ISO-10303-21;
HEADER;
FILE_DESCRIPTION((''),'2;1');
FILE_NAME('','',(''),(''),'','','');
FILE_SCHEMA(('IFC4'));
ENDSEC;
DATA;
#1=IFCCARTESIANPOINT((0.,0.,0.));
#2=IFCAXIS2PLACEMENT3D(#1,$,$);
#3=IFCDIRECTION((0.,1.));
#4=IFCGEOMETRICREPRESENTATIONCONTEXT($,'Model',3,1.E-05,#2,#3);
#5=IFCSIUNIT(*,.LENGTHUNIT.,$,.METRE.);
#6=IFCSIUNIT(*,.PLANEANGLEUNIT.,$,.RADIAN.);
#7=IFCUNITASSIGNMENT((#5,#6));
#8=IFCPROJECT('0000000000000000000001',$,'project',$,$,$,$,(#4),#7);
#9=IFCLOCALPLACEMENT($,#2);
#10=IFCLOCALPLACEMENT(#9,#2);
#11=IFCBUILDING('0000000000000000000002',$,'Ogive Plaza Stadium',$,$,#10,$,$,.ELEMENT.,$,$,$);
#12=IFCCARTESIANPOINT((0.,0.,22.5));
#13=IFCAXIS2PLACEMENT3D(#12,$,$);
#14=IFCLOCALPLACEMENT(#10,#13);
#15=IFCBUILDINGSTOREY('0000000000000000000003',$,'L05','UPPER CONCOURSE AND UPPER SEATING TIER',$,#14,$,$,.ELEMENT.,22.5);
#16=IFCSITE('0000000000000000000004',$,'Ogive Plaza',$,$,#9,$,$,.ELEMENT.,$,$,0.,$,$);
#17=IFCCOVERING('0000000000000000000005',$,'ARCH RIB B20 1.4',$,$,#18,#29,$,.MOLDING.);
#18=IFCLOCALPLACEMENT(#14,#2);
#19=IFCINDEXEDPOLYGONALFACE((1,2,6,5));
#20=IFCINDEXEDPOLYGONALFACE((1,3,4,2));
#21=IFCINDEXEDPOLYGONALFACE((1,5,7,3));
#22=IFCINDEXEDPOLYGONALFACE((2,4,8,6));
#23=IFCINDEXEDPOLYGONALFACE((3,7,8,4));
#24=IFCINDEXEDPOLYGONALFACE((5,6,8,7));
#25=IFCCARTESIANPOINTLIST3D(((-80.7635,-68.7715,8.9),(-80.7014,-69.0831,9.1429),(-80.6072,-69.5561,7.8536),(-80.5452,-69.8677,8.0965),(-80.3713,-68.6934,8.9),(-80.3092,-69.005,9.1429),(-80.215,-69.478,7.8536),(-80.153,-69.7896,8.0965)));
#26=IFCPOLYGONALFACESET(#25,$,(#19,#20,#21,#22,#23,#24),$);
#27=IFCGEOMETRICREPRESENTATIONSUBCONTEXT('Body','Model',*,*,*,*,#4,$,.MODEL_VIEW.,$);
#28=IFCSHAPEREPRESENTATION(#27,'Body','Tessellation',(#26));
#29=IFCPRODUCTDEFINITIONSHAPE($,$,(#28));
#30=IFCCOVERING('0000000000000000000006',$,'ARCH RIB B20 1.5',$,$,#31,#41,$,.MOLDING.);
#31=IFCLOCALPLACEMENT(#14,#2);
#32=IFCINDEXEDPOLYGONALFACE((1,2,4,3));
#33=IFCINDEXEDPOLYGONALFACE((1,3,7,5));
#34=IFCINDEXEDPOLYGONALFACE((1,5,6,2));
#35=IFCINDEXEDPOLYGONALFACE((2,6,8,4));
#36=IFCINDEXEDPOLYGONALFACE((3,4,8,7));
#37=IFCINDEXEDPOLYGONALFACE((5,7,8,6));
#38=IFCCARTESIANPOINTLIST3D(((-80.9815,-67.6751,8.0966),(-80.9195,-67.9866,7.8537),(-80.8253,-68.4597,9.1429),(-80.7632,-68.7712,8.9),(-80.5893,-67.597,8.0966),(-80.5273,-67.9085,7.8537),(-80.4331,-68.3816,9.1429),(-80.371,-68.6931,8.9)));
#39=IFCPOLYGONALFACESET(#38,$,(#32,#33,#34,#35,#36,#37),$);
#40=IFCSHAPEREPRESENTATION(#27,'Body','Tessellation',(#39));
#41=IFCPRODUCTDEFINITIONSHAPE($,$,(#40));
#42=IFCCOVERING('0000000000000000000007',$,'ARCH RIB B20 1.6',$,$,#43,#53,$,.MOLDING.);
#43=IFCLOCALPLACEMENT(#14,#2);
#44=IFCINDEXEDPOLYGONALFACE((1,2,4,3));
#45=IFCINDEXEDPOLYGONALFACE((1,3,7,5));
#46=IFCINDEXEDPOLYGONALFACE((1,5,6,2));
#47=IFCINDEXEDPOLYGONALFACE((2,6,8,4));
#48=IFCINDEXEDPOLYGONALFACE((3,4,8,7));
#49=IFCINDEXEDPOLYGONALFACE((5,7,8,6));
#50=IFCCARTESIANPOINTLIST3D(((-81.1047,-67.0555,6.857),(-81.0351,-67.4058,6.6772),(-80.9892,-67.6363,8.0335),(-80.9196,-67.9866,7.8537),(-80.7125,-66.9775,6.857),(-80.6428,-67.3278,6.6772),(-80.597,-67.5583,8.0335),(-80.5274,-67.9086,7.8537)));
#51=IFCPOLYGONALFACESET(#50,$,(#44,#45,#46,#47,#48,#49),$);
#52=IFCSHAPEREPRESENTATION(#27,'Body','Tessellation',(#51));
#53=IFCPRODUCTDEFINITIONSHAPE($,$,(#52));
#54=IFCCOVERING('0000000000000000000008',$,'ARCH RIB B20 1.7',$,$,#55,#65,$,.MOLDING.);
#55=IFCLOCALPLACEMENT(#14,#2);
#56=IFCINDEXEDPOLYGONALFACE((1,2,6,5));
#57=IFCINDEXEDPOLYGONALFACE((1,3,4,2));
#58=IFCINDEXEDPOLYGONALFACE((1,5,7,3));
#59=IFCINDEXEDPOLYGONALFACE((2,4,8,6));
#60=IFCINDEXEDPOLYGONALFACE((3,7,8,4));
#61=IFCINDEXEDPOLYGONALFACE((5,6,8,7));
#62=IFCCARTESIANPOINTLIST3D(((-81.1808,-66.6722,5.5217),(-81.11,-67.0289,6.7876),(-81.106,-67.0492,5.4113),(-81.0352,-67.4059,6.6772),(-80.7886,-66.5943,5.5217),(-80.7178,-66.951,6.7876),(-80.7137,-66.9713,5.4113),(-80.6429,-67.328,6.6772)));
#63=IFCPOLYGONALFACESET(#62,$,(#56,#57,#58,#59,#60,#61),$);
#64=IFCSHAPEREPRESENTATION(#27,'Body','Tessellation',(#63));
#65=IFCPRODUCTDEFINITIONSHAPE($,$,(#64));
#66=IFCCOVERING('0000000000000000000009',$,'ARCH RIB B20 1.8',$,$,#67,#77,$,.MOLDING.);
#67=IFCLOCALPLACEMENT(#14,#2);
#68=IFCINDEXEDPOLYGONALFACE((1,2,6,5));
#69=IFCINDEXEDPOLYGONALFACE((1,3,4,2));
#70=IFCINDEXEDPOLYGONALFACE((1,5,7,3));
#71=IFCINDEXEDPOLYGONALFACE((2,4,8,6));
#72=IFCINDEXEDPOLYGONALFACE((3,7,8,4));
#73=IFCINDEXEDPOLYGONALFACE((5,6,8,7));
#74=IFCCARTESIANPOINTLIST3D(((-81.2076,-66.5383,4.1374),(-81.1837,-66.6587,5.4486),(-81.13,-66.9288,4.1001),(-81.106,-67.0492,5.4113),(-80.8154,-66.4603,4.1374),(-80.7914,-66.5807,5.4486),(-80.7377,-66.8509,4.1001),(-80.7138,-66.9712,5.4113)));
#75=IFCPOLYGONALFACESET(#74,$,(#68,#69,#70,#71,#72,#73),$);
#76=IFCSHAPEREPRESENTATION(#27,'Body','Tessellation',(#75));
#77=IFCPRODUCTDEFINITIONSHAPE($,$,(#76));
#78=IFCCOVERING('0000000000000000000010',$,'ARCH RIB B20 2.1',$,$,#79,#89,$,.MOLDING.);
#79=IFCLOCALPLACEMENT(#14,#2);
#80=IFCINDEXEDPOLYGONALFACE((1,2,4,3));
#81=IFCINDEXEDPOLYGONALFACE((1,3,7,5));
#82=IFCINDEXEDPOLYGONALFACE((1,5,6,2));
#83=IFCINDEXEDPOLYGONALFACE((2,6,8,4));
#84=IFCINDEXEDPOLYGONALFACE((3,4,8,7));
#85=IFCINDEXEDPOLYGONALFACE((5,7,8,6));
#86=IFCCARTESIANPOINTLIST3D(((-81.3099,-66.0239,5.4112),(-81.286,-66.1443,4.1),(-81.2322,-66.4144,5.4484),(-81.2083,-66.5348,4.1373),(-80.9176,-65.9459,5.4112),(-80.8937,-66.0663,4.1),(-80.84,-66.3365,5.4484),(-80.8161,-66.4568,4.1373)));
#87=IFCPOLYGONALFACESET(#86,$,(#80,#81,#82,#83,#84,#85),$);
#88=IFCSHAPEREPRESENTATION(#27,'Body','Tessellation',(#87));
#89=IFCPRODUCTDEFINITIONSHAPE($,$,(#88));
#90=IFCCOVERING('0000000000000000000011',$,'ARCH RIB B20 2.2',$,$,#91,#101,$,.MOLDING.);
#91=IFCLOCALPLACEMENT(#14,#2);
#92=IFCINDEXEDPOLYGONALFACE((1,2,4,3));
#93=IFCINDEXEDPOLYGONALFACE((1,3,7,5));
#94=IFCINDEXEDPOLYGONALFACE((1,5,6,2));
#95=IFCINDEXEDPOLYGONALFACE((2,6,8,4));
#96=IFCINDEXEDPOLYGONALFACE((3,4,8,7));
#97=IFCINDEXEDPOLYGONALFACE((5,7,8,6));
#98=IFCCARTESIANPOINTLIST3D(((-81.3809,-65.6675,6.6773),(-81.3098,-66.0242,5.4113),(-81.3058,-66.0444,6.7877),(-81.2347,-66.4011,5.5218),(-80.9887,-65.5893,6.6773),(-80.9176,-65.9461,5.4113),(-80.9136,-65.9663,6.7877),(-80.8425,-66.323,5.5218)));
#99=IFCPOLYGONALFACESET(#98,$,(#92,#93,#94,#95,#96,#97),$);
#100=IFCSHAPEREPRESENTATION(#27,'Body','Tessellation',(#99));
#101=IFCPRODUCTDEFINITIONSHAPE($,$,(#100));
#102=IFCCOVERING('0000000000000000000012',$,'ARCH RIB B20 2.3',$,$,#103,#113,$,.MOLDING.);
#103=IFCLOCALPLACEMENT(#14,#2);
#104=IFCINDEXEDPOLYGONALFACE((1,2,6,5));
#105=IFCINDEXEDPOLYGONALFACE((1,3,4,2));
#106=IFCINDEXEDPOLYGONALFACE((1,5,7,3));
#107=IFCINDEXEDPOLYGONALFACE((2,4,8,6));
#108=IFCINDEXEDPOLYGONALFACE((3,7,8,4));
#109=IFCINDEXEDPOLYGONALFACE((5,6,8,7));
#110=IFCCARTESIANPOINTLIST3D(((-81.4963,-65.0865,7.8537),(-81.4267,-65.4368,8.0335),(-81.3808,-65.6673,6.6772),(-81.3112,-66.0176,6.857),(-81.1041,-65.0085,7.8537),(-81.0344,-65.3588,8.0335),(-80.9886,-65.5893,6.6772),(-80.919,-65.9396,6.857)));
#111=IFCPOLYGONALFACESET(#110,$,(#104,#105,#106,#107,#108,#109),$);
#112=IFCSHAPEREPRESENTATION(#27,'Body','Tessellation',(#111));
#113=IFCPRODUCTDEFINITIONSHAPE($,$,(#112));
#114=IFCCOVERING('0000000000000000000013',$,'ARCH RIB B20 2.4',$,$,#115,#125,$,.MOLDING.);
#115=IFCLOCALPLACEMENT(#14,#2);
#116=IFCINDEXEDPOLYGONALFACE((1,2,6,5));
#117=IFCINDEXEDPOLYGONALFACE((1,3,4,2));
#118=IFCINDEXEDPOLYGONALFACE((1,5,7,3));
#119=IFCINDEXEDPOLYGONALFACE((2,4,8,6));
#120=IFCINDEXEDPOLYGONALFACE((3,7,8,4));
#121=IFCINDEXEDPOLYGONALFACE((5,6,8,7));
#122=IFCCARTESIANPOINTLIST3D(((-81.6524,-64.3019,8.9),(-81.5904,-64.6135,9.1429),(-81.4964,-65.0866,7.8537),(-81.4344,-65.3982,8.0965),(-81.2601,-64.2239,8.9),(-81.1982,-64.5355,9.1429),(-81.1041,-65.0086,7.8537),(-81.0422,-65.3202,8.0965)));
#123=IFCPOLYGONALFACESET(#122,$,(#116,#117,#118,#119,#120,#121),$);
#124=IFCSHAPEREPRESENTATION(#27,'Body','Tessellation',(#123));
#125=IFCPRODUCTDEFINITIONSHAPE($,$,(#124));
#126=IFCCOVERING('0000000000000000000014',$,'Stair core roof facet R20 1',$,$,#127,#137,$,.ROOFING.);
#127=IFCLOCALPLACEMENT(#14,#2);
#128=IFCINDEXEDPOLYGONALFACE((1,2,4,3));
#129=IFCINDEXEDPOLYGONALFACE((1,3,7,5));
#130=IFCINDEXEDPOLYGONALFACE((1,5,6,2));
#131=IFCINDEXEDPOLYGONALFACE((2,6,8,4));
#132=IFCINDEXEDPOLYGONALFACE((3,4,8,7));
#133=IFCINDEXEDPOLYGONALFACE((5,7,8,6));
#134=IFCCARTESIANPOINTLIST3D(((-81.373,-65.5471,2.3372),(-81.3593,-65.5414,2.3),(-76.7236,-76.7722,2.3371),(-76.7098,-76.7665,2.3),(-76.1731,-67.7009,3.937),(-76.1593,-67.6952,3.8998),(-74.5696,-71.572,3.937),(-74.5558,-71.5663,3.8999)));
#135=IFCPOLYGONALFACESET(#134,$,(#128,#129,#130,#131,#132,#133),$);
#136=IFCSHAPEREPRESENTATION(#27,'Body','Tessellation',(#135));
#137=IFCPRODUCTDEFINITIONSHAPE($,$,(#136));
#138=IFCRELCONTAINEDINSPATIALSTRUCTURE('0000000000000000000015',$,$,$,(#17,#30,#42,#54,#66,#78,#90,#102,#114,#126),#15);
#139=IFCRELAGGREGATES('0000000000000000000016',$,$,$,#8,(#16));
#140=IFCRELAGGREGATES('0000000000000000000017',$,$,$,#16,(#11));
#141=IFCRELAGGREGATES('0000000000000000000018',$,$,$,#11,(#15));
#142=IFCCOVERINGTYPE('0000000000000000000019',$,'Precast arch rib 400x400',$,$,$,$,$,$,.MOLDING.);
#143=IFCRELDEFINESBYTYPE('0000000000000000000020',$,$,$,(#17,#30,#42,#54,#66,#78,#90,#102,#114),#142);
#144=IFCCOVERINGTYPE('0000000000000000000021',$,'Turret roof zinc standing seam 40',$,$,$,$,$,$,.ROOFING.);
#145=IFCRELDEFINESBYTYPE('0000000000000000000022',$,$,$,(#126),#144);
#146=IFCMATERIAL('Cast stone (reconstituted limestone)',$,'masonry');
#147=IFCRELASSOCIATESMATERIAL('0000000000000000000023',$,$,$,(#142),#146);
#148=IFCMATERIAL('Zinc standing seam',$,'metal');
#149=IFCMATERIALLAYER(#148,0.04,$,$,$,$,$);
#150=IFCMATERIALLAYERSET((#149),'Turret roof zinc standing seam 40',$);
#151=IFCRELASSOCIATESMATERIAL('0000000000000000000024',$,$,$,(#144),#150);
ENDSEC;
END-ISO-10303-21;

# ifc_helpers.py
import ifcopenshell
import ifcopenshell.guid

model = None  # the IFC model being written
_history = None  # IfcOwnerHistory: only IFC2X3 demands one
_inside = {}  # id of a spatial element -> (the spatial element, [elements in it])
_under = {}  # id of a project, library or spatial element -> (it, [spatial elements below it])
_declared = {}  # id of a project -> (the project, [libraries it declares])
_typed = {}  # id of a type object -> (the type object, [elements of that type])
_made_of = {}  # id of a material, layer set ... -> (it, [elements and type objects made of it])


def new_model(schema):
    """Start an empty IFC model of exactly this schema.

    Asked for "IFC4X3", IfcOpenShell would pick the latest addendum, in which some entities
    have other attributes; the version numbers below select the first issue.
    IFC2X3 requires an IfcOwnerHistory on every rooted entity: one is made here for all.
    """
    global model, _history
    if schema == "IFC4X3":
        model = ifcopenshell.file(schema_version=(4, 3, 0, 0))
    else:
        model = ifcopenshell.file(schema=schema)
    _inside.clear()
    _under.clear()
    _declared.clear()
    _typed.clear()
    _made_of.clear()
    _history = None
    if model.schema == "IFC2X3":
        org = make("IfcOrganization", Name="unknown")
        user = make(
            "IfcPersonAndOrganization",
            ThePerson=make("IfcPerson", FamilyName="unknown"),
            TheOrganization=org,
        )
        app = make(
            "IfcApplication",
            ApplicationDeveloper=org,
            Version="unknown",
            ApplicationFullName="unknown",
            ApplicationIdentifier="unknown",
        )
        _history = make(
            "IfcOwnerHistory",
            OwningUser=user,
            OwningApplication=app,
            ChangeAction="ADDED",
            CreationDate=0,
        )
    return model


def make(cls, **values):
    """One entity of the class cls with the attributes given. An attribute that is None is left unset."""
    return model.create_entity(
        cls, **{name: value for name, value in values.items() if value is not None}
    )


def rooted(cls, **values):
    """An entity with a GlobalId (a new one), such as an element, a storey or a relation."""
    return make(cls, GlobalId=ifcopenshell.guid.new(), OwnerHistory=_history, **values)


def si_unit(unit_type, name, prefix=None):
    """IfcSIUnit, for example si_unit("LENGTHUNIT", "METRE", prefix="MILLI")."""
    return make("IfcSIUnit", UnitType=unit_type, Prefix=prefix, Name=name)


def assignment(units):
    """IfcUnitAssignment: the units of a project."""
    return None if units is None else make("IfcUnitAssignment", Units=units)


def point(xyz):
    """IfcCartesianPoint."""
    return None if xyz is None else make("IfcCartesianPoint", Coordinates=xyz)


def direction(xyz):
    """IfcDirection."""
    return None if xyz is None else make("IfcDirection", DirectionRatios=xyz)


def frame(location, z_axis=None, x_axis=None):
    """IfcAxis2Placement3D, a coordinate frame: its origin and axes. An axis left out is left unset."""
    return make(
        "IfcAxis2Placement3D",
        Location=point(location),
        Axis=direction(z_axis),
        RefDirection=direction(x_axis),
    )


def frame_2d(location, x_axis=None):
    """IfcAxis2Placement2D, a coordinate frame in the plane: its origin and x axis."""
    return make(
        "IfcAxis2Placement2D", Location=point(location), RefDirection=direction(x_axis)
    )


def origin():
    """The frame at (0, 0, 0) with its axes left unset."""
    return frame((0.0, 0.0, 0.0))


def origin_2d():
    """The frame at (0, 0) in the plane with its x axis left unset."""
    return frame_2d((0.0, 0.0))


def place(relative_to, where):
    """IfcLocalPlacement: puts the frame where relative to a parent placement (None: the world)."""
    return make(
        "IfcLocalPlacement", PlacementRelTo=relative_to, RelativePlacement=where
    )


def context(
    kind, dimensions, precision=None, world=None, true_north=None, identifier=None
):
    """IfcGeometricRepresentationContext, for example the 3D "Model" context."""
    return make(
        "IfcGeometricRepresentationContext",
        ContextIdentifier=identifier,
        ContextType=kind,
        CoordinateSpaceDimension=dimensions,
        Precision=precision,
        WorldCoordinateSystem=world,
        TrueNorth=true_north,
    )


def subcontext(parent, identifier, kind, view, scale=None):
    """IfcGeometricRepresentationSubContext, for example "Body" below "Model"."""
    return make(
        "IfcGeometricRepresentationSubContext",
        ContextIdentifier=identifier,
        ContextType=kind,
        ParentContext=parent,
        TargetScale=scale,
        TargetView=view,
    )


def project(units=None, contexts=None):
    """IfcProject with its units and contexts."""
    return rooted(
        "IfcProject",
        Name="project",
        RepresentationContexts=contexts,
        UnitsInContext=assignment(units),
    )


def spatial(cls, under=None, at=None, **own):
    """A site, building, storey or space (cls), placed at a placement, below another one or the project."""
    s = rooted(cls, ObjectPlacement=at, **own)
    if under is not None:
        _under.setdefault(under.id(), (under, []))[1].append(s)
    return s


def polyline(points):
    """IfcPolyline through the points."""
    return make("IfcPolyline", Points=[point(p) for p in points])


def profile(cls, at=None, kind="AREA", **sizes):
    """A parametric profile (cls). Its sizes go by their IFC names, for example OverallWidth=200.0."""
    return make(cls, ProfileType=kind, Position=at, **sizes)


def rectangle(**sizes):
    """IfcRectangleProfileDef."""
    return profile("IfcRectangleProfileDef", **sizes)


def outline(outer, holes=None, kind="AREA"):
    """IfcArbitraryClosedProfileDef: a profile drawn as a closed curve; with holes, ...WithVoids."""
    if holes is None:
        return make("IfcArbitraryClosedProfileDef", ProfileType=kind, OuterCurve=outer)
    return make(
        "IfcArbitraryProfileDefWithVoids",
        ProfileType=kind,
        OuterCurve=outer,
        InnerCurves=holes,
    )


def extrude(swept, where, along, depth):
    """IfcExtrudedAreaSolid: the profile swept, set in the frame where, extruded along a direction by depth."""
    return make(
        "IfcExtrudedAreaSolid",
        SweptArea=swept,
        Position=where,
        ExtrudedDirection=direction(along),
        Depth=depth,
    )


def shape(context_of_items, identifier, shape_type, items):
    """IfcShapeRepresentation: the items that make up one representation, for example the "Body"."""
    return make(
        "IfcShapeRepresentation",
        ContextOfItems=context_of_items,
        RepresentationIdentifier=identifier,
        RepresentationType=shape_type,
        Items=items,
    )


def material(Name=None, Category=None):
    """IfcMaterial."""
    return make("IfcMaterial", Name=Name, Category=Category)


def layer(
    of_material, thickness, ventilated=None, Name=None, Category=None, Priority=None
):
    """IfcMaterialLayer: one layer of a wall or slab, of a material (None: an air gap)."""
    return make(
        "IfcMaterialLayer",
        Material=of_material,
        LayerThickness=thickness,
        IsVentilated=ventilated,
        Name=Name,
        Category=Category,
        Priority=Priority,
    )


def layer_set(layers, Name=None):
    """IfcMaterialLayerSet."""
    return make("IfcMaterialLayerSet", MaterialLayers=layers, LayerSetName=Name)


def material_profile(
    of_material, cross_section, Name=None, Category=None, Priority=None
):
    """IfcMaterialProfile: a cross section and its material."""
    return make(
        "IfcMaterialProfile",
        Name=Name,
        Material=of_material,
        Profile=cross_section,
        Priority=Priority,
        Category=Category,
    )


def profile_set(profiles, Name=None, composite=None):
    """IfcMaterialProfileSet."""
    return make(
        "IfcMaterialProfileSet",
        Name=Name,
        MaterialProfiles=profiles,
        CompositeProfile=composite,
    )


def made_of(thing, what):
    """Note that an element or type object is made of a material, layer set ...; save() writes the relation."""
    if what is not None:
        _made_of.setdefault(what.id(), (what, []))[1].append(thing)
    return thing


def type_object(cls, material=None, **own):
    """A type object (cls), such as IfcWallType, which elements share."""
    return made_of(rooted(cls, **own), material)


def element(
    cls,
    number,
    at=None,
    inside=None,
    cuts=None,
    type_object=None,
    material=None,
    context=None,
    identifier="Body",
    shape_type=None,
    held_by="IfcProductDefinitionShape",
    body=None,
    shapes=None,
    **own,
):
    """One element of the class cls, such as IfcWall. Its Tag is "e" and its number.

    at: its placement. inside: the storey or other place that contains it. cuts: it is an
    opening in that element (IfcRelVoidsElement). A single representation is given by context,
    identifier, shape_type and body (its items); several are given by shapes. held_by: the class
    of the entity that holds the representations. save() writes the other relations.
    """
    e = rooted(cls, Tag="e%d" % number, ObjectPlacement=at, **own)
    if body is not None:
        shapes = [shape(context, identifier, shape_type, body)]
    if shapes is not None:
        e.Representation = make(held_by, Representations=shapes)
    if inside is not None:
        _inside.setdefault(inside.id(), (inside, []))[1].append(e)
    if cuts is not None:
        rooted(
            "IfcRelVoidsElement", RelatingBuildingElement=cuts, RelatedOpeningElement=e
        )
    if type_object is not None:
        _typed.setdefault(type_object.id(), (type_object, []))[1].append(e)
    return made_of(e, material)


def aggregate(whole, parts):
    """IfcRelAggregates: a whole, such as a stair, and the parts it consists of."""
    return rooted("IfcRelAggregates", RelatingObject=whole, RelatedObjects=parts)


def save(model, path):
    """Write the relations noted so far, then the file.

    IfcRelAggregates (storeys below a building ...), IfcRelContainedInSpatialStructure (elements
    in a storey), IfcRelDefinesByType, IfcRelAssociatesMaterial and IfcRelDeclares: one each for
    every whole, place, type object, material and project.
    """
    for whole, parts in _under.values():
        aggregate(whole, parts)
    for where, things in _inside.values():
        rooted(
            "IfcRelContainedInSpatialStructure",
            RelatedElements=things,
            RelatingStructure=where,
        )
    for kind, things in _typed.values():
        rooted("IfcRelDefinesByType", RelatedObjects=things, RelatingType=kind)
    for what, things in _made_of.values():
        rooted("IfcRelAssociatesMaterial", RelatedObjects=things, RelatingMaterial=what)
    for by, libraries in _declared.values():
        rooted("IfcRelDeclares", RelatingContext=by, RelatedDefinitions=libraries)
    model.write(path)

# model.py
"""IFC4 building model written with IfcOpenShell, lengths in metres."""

from ifc_helpers import new_model, si_unit, direction, frame, origin, origin_2d, place, context, subcontext, project, spatial, polyline, rectangle, outline, extrude, material, layer, layer_set, material_profile, profile_set, type_object, element, save


model = new_model("IFC4")

# Units and contexts
model_context = context("Model", 3, precision=1e-05, world=origin(), true_north=direction((0.0, 1.0)))
body_context = subcontext(model_context, "Body", "Model", "MODEL_VIEW")
ifc_project = project(units=[si_unit("LENGTHUNIT", "METRE"), si_unit("PLANEANGLEUNIT", "RADIAN")], contexts=[model_context])

# Site, building, storey
site_placement = place(None, origin())
site = spatial("IfcSite", under=ifc_project, at=site_placement, Name="Ogive Plaza", CompositionType="ELEMENT", RefElevation=0.0)
building_placement = place(site_placement, origin())
building = spatial("IfcBuilding", under=site, at=building_placement, Name="Ogive Plaza Stadium", CompositionType="ELEMENT")
storey_placement = place(building_placement, frame((0.0, 0.0, 22.5)))
storey = spatial("IfcBuildingStorey", under=building, at=storey_placement, Name="L05", Description="UPPER CONCOURSE AND UPPER SEATING TIER", CompositionType="ELEMENT", Elevation=22.5)

# Coverings
ifc_material_1 = material(Name="Cast stone (reconstituted limestone)", Category="masonry")
ifc_material_profile_1 = material_profile(ifc_material_1, rectangle(XDim=0.3999, YDim=0.3999, at=origin_2d()), Name="Cast stone 400x400")
ifc_profile_set_1 = profile_set([ifc_material_profile_1], Name="Cast stone (reconstituted limestone)")
covering_type_1 = type_object("IfcCoveringType", Name="Precast arch rib 400x400", PredefinedType="MOLDING", material=ifc_profile_set_1)
for number, where, z_axis, x_axis, name in (
    (1, (-80.3801, -69.6729, 7.9751), (-0.118622, 0.595704, 0.794396), (-0.980745, -0.195295, 0.0), "ARCH RIB B20 1.4"),
    (2, (-80.5981, -68.5764, 9.0215), (-0.118622, 0.595704, -0.794396), (-0.980745, -0.195295, 0.0), "ARCH RIB B20 1.5"),
    (3, (-80.7583, -67.7725, 7.9436), (-0.087674, 0.440963, -0.893233), (-0.980802, -0.195006, 0.0), "ARCH RIB B20 1.6"),
    (4, (-80.8765, -67.1785, 6.7324), (-0.053756, 0.270821, -0.961128), (-0.980864, -0.194696, 0.0), "ARCH RIB B20 1.7"),
):
    element("IfcCovering", number, at=place(storey_placement, frame(where, z_axis=z_axis, x_axis=x_axis)), inside=storey, type_object=covering_type_1, Name=name, PredefinedType="MOLDING", context=body_context, shape_type="SweptSolid", body=[
        extrude(rectangle(XDim=0.3999, YDim=0.3999, at=origin_2d()), origin(), (0.0, 0.0, 1.0), 1.3171),
    ])
for number, where, z_axis, x_axis, name in (
    (5, (-80.9487, -66.8149, 5.4299), (-0.018167, 0.09139, -0.995649), (-0.98081, -0.194968, 0.0), "ARCH RIB B20 1.8"),
    (6, (-81.051, -66.3005, 4.1187), (-0.018167, 0.09139, 0.995649), (-0.98081, -0.194968, 0.0), "ARCH RIB B20 2.1"),
):
    element("IfcCovering", number, at=place(storey_placement, frame(where, z_axis=z_axis, x_axis=x_axis)), inside=storey, type_object=covering_type_1, Name=name, PredefinedType="MOLDING", context=body_context, shape_type="SweptSolid", body=[
        extrude(rectangle(XDim=0.3999, YDim=0.3999, at=origin_2d()), origin(), (0.0, 0.0, 1.0), 1.3169),
    ])
for number, where, z_axis, x_axis, name in (
    (7, (-81.0762, -66.1736, 5.4666), (-0.053941, 0.270818, 0.961118), (-0.980735, -0.195342, 0.0), "ARCH RIB B20 2.2"),
    (8, (-81.1499, -65.8035, 6.7671), (-0.087674, 0.440963, 0.893233), (-0.980802, -0.195006, 0.0), "ARCH RIB B20 2.3"),
    (9, (-81.2693, -65.2034, 7.9751), (-0.118439, 0.595717, 0.794414), (-0.980803, -0.195001, 0.0), "ARCH RIB B20 2.4"),
):
    element("IfcCovering", number, at=place(storey_placement, frame(where, z_axis=z_axis, x_axis=x_axis)), inside=storey, type_object=covering_type_1, Name=name, PredefinedType="MOLDING", context=body_context, shape_type="SweptSolid", body=[
        extrude(rectangle(XDim=0.3999, YDim=0.3999, at=origin_2d()), origin(), (0.0, 0.0, 1.0), 1.3171),
    ])
ifc_material_2 = material(Name="Zinc standing seam", Category="metal")
ifc_layer_1 = layer(ifc_material_2, 0.04)
ifc_layer_set_1 = layer_set([ifc_layer_1], Name="Turret roof zinc standing seam 40")
covering_type_2 = type_object("IfcCoveringType", Name="Turret roof zinc standing seam 40", PredefinedType="ROOFING", material=ifc_layer_set_1)
covering_placement = place(storey_placement, frame((-81.373, -65.5471, 2.3372), z_axis=(-0.344578, -0.142726, 0.927844), x_axis=(0.382672, -0.923884, -0.000002)))
element("IfcCovering", 10, at=covering_placement, inside=storey, type_object=covering_type_2, Name="Stair core roof facet R20 1", PredefinedType="ROOFING", context=body_context, shape_type="SweptSolid", body=[
    extrude(outline(polyline([(0.0, 0.0), (12.1499, 0.0), (8.1698, 4.2896), (3.9797, 4.2895), (0.0, 0.0)])), origin(), (0.0, 0.0, -1.0), 0.04),
])

save(model, "model.ifc")
